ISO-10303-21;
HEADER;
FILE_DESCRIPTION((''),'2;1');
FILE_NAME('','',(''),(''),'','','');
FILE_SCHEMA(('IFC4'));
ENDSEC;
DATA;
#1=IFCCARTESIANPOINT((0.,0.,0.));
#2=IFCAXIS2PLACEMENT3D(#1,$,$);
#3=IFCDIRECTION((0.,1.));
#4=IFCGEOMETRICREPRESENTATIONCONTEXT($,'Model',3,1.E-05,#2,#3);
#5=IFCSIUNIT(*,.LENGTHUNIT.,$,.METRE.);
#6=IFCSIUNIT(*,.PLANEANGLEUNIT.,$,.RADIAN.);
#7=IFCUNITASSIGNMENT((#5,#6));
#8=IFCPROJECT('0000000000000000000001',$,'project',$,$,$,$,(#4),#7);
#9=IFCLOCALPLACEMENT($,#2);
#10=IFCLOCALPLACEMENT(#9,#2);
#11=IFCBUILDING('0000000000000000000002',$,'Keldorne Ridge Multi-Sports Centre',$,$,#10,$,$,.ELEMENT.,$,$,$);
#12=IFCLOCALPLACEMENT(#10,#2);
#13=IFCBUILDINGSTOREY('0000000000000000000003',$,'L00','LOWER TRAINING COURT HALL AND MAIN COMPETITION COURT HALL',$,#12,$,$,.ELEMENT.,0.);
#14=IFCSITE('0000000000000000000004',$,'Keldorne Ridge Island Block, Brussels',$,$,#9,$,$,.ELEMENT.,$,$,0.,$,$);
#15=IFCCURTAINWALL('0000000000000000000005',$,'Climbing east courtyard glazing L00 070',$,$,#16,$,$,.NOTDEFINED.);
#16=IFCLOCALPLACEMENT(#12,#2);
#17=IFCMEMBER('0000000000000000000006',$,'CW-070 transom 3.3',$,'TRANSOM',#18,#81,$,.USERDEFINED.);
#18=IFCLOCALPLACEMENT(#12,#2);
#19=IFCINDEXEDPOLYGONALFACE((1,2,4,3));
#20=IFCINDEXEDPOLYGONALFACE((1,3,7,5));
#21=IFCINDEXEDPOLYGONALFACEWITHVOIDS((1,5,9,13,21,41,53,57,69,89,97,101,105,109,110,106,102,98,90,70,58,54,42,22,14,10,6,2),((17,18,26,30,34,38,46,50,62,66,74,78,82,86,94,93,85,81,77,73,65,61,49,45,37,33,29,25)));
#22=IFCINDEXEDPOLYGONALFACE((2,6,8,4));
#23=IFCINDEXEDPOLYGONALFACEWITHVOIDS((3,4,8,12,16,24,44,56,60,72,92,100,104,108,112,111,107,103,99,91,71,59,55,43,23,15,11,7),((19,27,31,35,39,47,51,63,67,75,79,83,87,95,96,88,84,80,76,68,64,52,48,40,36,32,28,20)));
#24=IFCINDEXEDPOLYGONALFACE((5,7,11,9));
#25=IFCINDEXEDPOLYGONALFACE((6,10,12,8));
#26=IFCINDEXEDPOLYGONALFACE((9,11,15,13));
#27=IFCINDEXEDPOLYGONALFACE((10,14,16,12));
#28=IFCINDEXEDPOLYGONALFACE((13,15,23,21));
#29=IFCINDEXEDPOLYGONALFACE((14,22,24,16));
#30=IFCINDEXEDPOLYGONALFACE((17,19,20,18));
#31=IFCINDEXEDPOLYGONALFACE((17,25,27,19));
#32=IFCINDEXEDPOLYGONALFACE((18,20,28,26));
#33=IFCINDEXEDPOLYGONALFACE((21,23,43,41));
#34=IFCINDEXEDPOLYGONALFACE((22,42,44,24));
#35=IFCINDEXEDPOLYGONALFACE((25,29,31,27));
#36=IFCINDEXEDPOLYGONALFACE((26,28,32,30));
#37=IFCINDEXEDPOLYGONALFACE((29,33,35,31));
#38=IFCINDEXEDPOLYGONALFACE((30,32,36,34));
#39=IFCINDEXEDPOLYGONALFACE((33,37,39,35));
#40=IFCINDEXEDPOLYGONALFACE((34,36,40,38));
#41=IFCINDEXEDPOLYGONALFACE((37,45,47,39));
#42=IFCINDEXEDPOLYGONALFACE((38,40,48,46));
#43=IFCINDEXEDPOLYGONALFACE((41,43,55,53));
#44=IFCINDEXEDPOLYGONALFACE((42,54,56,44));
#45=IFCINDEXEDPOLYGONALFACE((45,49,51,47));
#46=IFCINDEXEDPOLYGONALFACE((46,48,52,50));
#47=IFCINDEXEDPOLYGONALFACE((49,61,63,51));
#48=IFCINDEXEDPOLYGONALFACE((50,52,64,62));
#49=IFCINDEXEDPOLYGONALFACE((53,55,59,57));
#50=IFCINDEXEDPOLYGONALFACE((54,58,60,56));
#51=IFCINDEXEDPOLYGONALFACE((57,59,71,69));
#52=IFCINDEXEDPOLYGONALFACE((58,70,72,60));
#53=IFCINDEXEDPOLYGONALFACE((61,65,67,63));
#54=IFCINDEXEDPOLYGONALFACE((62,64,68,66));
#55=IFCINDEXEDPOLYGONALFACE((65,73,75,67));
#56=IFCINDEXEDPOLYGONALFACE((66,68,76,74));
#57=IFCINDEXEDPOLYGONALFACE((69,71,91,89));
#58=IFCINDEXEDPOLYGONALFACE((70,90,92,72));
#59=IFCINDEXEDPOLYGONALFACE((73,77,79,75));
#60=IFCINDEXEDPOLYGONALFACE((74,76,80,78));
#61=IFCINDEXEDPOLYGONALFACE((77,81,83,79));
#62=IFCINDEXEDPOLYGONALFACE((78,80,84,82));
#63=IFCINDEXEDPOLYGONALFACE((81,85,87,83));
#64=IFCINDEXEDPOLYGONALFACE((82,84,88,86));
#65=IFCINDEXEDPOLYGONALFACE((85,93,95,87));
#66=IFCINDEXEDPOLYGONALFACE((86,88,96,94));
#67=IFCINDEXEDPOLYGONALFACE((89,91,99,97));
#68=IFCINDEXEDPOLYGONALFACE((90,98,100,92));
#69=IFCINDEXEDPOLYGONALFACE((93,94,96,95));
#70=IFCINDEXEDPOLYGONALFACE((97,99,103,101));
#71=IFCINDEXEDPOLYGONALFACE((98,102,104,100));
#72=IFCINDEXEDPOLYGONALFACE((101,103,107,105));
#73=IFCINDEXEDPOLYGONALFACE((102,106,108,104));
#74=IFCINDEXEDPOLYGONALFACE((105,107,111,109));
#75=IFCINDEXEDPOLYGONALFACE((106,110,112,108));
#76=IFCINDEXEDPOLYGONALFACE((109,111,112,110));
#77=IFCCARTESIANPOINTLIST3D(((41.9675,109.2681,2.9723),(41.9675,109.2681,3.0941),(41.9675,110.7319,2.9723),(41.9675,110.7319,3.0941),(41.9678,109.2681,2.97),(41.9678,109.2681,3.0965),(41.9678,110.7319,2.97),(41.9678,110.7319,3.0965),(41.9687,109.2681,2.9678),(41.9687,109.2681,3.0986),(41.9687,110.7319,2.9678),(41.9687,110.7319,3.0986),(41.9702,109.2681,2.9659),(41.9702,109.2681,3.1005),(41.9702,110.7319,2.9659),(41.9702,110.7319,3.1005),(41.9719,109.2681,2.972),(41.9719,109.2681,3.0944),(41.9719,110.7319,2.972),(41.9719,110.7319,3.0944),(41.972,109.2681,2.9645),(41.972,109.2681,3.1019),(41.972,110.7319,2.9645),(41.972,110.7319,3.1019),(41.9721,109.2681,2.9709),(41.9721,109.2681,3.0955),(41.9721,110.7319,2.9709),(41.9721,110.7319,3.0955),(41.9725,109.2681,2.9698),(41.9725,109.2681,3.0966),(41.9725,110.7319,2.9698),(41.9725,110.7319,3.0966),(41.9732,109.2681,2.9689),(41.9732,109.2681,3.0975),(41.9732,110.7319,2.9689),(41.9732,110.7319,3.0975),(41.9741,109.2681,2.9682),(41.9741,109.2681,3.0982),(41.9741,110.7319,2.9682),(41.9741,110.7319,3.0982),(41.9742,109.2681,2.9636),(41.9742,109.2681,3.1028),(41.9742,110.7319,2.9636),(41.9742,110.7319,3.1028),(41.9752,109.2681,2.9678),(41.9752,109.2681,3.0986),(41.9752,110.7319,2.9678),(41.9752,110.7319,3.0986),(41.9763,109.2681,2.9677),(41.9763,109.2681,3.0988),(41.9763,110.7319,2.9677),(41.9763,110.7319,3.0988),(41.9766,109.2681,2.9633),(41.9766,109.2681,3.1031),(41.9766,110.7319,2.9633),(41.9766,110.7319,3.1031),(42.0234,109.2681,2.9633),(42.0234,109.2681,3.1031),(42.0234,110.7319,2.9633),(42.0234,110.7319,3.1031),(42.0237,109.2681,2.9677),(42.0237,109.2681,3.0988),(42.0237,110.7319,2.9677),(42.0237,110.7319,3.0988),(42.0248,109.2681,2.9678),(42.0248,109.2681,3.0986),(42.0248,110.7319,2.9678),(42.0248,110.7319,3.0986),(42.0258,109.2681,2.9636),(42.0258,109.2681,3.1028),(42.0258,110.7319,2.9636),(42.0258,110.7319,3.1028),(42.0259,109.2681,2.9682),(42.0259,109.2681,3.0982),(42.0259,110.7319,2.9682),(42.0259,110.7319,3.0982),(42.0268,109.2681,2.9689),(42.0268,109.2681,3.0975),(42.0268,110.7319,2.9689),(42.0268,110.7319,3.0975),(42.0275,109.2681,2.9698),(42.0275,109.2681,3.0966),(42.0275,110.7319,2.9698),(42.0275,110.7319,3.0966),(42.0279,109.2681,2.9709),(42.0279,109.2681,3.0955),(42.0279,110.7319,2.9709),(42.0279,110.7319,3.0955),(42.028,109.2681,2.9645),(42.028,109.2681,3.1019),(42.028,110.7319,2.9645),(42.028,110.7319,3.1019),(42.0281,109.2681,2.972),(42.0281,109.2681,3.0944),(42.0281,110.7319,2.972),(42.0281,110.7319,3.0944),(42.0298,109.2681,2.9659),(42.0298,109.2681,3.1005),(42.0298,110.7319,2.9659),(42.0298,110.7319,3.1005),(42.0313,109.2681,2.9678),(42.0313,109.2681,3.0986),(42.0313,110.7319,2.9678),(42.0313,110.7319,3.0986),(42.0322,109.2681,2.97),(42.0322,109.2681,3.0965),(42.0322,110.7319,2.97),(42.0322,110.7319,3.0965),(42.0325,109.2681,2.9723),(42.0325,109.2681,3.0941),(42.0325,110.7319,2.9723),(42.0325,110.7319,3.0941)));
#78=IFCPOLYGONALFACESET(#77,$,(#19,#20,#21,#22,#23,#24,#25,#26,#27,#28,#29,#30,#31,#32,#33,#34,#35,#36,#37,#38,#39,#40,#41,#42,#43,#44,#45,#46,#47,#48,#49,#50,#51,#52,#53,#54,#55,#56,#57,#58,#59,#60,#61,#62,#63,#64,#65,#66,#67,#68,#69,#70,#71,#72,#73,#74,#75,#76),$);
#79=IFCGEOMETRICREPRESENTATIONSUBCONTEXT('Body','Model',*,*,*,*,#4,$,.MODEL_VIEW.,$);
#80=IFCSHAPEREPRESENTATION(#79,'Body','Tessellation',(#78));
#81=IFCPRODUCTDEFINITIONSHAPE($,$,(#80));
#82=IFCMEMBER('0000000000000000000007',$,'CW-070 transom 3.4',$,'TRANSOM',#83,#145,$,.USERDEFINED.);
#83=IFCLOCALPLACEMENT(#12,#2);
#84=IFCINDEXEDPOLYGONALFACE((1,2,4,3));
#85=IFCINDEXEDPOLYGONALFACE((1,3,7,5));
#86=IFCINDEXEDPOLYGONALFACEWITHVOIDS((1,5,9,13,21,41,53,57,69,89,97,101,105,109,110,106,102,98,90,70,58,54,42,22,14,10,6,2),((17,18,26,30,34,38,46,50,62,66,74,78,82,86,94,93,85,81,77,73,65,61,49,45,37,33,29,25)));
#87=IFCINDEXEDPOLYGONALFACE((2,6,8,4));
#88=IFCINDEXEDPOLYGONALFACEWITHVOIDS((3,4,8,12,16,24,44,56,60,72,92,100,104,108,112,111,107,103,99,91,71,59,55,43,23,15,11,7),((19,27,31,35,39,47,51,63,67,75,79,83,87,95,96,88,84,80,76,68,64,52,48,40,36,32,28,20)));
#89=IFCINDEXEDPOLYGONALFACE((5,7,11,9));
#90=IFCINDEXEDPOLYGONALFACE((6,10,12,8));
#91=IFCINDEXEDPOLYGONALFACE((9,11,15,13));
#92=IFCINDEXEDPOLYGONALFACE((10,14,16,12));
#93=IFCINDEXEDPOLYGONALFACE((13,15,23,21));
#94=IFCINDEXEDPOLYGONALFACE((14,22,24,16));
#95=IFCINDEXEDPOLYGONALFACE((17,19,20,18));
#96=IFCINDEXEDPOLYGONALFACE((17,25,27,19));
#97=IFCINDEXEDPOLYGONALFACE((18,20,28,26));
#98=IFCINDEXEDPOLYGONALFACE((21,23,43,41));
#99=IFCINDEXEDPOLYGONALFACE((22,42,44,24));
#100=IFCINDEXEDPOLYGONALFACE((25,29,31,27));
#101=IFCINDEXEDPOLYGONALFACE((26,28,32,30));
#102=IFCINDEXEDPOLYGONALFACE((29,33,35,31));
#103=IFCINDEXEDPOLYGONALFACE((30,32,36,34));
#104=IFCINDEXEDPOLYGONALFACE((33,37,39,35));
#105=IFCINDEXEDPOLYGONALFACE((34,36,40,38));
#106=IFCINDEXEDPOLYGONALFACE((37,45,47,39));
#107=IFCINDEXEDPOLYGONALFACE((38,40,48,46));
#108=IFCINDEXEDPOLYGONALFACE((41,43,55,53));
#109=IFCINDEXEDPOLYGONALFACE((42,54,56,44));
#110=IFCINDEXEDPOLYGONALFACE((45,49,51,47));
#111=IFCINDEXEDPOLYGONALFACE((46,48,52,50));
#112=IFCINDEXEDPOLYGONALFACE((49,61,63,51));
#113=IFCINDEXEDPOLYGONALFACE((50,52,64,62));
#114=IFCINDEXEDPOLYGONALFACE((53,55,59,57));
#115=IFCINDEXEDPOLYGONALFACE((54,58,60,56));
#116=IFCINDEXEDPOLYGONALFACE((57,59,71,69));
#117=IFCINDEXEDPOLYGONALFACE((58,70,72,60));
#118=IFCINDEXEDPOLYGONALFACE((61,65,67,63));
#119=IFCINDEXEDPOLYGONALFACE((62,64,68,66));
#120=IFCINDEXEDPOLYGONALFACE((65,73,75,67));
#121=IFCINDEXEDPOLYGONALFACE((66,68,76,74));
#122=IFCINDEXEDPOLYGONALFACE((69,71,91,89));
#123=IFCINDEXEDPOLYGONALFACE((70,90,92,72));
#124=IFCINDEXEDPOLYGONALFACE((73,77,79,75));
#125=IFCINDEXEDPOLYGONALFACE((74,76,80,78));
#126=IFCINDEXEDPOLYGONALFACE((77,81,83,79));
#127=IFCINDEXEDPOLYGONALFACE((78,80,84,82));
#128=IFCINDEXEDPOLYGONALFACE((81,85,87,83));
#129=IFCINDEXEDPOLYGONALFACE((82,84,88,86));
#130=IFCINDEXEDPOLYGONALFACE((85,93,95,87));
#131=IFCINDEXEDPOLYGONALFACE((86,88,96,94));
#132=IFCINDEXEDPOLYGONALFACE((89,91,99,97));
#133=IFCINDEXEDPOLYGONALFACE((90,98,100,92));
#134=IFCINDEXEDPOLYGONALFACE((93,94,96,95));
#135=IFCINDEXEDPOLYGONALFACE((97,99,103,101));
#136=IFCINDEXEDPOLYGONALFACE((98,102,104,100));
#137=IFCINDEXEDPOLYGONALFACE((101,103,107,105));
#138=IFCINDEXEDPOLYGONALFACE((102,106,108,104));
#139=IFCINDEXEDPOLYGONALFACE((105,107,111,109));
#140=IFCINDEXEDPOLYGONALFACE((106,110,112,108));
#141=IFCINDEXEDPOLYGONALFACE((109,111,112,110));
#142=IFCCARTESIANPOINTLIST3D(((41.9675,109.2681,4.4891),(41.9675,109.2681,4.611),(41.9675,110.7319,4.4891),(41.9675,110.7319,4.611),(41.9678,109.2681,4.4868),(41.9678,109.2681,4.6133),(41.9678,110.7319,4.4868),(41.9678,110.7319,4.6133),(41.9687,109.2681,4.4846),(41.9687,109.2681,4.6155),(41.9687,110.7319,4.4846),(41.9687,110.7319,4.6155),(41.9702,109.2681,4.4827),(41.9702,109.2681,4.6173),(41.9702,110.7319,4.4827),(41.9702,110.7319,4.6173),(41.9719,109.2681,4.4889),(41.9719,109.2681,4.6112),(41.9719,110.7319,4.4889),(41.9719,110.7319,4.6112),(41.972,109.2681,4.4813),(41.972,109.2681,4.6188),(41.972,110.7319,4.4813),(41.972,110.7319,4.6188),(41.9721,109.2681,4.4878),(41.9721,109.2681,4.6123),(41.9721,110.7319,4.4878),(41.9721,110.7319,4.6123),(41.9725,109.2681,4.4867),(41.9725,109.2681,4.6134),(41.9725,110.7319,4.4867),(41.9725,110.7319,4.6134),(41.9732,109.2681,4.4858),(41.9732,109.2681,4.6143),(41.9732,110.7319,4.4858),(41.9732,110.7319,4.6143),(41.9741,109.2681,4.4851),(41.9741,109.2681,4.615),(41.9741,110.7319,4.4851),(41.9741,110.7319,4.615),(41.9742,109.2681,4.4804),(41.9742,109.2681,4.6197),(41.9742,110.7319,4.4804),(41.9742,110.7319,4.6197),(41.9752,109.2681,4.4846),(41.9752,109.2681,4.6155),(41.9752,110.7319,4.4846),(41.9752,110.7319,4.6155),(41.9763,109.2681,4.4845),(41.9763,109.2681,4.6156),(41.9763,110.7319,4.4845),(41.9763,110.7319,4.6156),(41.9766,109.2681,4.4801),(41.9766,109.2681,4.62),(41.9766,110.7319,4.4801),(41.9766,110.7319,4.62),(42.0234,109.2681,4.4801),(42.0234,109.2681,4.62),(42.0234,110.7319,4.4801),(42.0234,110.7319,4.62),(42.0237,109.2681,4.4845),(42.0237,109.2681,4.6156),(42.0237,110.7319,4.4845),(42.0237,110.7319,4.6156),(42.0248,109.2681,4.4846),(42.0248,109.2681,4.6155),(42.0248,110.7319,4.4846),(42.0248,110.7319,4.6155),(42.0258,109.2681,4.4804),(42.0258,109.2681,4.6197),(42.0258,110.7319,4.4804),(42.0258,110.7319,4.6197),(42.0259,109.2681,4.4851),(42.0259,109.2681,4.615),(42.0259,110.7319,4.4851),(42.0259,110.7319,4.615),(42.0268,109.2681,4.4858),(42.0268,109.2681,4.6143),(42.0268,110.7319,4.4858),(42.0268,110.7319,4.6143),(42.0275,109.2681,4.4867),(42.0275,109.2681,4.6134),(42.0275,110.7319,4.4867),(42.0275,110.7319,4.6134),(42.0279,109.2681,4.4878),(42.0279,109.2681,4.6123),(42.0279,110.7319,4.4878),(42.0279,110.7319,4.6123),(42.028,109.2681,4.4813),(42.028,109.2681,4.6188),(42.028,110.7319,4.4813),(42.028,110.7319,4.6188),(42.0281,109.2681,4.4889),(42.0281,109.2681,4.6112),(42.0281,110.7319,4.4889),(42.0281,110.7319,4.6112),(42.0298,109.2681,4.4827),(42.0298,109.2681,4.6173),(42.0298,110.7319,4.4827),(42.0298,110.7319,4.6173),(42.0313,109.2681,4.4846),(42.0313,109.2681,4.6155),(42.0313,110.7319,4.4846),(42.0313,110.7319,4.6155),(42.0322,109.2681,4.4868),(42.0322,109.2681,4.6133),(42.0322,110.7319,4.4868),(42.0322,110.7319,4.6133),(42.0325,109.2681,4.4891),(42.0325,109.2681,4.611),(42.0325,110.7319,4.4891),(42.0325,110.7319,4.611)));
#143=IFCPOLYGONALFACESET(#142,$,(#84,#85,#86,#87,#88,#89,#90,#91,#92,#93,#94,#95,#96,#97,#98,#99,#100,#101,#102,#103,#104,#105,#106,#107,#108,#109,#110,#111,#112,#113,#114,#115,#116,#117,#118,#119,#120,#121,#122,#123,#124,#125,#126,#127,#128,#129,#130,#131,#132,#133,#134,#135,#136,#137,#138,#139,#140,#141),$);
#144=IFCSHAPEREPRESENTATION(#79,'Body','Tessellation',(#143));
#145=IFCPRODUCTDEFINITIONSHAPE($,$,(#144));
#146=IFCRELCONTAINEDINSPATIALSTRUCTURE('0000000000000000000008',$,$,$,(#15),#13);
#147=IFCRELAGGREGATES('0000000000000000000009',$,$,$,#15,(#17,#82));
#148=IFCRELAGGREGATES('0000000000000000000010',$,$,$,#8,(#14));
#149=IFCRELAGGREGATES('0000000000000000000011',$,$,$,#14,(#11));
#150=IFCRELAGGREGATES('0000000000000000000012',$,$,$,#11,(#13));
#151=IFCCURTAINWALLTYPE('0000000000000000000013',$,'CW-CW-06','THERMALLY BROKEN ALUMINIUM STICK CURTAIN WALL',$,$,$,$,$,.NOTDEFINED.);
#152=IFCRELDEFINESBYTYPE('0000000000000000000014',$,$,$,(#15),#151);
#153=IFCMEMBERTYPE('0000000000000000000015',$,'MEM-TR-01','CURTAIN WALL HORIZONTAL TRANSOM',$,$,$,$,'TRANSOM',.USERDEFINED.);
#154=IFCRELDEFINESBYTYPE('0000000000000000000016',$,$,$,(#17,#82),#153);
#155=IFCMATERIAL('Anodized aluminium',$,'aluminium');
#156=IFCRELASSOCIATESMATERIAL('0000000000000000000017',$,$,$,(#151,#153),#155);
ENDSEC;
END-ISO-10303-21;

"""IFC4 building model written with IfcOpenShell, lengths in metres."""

from ifc_helpers import new_model, si_unit, direction, frame, origin, origin_2d, place, context, subcontext, project, spatial, hollow_rectangle, extrude, material, material_profile, profile_set, type_object, element, aggregate, save


model = new_model("IFC4")

# Units and contexts
model_context = context("Model", 3, precision=1e-05, world=origin(), true_north=direction((0.0, 1.0)))
body_context = subcontext(model_context, "Body", "Model", "MODEL_VIEW")
ifc_project = project(units=[si_unit("LENGTHUNIT", "METRE"), si_unit("PLANEANGLEUNIT", "RADIAN")], contexts=[model_context])

# Site, building, storey
site_placement = place(None, origin())
site = spatial("IfcSite", under=ifc_project, at=site_placement, Name="Keldorne Ridge Island Block, Brussels", CompositionType="ELEMENT", RefElevation=0.0)
building_placement = place(site_placement, origin())
building = spatial("IfcBuilding", under=site, at=building_placement, Name="Keldorne Ridge Multi-Sports Centre", CompositionType="ELEMENT")
storey_placement = place(building_placement, origin())
storey = spatial("IfcBuildingStorey", under=building, at=storey_placement, Name="L00", Description="LOWER TRAINING COURT HALL AND MAIN COMPETITION COURT HALL", CompositionType="ELEMENT", Elevation=0.0)

# Shared definitions
ifc_material_1 = material(Name="Anodized aluminium", Category="aluminium")

# Curtain wall, members
curtain_wall_type_1 = type_object("IfcCurtainWallType", Name="CW-CW-06", Description="THERMALLY BROKEN ALUMINIUM STICK CURTAIN WALL", PredefinedType="NOTDEFINED", material=ifc_material_1)
curtain_wall_1_placement = place(storey_placement, origin())
curtain_wall_1 = element("IfcCurtainWall", 1, at=curtain_wall_1_placement, inside=storey, type_object=curtain_wall_type_1, Name="Climbing east courtyard glazing L00 070", PredefinedType="NOTDEFINED")
ifc_material_profile_1 = material_profile(ifc_material_1, hollow_rectangle(XDim=0.0649, YDim=0.1399, WallThickness=0.0044, InnerFilletRadius=0.0044, OuterFilletRadius=0.009, at=origin_2d()), Name="ALU TRANSOM 140x65x4.5")
ifc_profile_set_1 = profile_set([ifc_material_profile_1], Name="Anodized aluminium")
member_type_1 = type_object("IfcMemberType", Name="MEM-TR-01", Description="CURTAIN WALL HORIZONTAL TRANSOM", ElementType="TRANSOM", PredefinedType="USERDEFINED", material=ifc_profile_set_1)
member_1_placement = place(storey_placement, frame((42.0, 109.2681, 3.0332), z_axis=(0.0, 1.0, 0.0), x_axis=(-1.0, 0.0, 0.0)))
member_1 = element("IfcMember", 2, at=member_1_placement, type_object=member_type_1, Name="CW-070 transom 3.3", ObjectType="TRANSOM", PredefinedType="USERDEFINED", context=body_context, shape_type="SweptSolid", body=[
    extrude(hollow_rectangle(XDim=0.0649, YDim=0.1399, WallThickness=0.0044, InnerFilletRadius=0.0044, OuterFilletRadius=0.009, at=origin_2d()), origin(), (0.0, 0.0, 1.0), 1.4639),
])
member_2_placement = place(storey_placement, frame((42.0, 109.2681, 4.55), z_axis=(0.0, 1.0, 0.0), x_axis=(-1.0, 0.0, 0.0)))
member_2 = element("IfcMember", 3, at=member_2_placement, type_object=member_type_1, Name="CW-070 transom 3.4", ObjectType="TRANSOM", PredefinedType="USERDEFINED", context=body_context, shape_type="SweptSolid", body=[
    extrude(hollow_rectangle(XDim=0.0649, YDim=0.1399, WallThickness=0.0044, InnerFilletRadius=0.0044, OuterFilletRadius=0.009, at=origin_2d()), origin(), (0.0, 0.0, 1.0), 1.4639),
])

aggregate(curtain_wall_1, [member_1, member_2])

save(model, "model.ifc")
